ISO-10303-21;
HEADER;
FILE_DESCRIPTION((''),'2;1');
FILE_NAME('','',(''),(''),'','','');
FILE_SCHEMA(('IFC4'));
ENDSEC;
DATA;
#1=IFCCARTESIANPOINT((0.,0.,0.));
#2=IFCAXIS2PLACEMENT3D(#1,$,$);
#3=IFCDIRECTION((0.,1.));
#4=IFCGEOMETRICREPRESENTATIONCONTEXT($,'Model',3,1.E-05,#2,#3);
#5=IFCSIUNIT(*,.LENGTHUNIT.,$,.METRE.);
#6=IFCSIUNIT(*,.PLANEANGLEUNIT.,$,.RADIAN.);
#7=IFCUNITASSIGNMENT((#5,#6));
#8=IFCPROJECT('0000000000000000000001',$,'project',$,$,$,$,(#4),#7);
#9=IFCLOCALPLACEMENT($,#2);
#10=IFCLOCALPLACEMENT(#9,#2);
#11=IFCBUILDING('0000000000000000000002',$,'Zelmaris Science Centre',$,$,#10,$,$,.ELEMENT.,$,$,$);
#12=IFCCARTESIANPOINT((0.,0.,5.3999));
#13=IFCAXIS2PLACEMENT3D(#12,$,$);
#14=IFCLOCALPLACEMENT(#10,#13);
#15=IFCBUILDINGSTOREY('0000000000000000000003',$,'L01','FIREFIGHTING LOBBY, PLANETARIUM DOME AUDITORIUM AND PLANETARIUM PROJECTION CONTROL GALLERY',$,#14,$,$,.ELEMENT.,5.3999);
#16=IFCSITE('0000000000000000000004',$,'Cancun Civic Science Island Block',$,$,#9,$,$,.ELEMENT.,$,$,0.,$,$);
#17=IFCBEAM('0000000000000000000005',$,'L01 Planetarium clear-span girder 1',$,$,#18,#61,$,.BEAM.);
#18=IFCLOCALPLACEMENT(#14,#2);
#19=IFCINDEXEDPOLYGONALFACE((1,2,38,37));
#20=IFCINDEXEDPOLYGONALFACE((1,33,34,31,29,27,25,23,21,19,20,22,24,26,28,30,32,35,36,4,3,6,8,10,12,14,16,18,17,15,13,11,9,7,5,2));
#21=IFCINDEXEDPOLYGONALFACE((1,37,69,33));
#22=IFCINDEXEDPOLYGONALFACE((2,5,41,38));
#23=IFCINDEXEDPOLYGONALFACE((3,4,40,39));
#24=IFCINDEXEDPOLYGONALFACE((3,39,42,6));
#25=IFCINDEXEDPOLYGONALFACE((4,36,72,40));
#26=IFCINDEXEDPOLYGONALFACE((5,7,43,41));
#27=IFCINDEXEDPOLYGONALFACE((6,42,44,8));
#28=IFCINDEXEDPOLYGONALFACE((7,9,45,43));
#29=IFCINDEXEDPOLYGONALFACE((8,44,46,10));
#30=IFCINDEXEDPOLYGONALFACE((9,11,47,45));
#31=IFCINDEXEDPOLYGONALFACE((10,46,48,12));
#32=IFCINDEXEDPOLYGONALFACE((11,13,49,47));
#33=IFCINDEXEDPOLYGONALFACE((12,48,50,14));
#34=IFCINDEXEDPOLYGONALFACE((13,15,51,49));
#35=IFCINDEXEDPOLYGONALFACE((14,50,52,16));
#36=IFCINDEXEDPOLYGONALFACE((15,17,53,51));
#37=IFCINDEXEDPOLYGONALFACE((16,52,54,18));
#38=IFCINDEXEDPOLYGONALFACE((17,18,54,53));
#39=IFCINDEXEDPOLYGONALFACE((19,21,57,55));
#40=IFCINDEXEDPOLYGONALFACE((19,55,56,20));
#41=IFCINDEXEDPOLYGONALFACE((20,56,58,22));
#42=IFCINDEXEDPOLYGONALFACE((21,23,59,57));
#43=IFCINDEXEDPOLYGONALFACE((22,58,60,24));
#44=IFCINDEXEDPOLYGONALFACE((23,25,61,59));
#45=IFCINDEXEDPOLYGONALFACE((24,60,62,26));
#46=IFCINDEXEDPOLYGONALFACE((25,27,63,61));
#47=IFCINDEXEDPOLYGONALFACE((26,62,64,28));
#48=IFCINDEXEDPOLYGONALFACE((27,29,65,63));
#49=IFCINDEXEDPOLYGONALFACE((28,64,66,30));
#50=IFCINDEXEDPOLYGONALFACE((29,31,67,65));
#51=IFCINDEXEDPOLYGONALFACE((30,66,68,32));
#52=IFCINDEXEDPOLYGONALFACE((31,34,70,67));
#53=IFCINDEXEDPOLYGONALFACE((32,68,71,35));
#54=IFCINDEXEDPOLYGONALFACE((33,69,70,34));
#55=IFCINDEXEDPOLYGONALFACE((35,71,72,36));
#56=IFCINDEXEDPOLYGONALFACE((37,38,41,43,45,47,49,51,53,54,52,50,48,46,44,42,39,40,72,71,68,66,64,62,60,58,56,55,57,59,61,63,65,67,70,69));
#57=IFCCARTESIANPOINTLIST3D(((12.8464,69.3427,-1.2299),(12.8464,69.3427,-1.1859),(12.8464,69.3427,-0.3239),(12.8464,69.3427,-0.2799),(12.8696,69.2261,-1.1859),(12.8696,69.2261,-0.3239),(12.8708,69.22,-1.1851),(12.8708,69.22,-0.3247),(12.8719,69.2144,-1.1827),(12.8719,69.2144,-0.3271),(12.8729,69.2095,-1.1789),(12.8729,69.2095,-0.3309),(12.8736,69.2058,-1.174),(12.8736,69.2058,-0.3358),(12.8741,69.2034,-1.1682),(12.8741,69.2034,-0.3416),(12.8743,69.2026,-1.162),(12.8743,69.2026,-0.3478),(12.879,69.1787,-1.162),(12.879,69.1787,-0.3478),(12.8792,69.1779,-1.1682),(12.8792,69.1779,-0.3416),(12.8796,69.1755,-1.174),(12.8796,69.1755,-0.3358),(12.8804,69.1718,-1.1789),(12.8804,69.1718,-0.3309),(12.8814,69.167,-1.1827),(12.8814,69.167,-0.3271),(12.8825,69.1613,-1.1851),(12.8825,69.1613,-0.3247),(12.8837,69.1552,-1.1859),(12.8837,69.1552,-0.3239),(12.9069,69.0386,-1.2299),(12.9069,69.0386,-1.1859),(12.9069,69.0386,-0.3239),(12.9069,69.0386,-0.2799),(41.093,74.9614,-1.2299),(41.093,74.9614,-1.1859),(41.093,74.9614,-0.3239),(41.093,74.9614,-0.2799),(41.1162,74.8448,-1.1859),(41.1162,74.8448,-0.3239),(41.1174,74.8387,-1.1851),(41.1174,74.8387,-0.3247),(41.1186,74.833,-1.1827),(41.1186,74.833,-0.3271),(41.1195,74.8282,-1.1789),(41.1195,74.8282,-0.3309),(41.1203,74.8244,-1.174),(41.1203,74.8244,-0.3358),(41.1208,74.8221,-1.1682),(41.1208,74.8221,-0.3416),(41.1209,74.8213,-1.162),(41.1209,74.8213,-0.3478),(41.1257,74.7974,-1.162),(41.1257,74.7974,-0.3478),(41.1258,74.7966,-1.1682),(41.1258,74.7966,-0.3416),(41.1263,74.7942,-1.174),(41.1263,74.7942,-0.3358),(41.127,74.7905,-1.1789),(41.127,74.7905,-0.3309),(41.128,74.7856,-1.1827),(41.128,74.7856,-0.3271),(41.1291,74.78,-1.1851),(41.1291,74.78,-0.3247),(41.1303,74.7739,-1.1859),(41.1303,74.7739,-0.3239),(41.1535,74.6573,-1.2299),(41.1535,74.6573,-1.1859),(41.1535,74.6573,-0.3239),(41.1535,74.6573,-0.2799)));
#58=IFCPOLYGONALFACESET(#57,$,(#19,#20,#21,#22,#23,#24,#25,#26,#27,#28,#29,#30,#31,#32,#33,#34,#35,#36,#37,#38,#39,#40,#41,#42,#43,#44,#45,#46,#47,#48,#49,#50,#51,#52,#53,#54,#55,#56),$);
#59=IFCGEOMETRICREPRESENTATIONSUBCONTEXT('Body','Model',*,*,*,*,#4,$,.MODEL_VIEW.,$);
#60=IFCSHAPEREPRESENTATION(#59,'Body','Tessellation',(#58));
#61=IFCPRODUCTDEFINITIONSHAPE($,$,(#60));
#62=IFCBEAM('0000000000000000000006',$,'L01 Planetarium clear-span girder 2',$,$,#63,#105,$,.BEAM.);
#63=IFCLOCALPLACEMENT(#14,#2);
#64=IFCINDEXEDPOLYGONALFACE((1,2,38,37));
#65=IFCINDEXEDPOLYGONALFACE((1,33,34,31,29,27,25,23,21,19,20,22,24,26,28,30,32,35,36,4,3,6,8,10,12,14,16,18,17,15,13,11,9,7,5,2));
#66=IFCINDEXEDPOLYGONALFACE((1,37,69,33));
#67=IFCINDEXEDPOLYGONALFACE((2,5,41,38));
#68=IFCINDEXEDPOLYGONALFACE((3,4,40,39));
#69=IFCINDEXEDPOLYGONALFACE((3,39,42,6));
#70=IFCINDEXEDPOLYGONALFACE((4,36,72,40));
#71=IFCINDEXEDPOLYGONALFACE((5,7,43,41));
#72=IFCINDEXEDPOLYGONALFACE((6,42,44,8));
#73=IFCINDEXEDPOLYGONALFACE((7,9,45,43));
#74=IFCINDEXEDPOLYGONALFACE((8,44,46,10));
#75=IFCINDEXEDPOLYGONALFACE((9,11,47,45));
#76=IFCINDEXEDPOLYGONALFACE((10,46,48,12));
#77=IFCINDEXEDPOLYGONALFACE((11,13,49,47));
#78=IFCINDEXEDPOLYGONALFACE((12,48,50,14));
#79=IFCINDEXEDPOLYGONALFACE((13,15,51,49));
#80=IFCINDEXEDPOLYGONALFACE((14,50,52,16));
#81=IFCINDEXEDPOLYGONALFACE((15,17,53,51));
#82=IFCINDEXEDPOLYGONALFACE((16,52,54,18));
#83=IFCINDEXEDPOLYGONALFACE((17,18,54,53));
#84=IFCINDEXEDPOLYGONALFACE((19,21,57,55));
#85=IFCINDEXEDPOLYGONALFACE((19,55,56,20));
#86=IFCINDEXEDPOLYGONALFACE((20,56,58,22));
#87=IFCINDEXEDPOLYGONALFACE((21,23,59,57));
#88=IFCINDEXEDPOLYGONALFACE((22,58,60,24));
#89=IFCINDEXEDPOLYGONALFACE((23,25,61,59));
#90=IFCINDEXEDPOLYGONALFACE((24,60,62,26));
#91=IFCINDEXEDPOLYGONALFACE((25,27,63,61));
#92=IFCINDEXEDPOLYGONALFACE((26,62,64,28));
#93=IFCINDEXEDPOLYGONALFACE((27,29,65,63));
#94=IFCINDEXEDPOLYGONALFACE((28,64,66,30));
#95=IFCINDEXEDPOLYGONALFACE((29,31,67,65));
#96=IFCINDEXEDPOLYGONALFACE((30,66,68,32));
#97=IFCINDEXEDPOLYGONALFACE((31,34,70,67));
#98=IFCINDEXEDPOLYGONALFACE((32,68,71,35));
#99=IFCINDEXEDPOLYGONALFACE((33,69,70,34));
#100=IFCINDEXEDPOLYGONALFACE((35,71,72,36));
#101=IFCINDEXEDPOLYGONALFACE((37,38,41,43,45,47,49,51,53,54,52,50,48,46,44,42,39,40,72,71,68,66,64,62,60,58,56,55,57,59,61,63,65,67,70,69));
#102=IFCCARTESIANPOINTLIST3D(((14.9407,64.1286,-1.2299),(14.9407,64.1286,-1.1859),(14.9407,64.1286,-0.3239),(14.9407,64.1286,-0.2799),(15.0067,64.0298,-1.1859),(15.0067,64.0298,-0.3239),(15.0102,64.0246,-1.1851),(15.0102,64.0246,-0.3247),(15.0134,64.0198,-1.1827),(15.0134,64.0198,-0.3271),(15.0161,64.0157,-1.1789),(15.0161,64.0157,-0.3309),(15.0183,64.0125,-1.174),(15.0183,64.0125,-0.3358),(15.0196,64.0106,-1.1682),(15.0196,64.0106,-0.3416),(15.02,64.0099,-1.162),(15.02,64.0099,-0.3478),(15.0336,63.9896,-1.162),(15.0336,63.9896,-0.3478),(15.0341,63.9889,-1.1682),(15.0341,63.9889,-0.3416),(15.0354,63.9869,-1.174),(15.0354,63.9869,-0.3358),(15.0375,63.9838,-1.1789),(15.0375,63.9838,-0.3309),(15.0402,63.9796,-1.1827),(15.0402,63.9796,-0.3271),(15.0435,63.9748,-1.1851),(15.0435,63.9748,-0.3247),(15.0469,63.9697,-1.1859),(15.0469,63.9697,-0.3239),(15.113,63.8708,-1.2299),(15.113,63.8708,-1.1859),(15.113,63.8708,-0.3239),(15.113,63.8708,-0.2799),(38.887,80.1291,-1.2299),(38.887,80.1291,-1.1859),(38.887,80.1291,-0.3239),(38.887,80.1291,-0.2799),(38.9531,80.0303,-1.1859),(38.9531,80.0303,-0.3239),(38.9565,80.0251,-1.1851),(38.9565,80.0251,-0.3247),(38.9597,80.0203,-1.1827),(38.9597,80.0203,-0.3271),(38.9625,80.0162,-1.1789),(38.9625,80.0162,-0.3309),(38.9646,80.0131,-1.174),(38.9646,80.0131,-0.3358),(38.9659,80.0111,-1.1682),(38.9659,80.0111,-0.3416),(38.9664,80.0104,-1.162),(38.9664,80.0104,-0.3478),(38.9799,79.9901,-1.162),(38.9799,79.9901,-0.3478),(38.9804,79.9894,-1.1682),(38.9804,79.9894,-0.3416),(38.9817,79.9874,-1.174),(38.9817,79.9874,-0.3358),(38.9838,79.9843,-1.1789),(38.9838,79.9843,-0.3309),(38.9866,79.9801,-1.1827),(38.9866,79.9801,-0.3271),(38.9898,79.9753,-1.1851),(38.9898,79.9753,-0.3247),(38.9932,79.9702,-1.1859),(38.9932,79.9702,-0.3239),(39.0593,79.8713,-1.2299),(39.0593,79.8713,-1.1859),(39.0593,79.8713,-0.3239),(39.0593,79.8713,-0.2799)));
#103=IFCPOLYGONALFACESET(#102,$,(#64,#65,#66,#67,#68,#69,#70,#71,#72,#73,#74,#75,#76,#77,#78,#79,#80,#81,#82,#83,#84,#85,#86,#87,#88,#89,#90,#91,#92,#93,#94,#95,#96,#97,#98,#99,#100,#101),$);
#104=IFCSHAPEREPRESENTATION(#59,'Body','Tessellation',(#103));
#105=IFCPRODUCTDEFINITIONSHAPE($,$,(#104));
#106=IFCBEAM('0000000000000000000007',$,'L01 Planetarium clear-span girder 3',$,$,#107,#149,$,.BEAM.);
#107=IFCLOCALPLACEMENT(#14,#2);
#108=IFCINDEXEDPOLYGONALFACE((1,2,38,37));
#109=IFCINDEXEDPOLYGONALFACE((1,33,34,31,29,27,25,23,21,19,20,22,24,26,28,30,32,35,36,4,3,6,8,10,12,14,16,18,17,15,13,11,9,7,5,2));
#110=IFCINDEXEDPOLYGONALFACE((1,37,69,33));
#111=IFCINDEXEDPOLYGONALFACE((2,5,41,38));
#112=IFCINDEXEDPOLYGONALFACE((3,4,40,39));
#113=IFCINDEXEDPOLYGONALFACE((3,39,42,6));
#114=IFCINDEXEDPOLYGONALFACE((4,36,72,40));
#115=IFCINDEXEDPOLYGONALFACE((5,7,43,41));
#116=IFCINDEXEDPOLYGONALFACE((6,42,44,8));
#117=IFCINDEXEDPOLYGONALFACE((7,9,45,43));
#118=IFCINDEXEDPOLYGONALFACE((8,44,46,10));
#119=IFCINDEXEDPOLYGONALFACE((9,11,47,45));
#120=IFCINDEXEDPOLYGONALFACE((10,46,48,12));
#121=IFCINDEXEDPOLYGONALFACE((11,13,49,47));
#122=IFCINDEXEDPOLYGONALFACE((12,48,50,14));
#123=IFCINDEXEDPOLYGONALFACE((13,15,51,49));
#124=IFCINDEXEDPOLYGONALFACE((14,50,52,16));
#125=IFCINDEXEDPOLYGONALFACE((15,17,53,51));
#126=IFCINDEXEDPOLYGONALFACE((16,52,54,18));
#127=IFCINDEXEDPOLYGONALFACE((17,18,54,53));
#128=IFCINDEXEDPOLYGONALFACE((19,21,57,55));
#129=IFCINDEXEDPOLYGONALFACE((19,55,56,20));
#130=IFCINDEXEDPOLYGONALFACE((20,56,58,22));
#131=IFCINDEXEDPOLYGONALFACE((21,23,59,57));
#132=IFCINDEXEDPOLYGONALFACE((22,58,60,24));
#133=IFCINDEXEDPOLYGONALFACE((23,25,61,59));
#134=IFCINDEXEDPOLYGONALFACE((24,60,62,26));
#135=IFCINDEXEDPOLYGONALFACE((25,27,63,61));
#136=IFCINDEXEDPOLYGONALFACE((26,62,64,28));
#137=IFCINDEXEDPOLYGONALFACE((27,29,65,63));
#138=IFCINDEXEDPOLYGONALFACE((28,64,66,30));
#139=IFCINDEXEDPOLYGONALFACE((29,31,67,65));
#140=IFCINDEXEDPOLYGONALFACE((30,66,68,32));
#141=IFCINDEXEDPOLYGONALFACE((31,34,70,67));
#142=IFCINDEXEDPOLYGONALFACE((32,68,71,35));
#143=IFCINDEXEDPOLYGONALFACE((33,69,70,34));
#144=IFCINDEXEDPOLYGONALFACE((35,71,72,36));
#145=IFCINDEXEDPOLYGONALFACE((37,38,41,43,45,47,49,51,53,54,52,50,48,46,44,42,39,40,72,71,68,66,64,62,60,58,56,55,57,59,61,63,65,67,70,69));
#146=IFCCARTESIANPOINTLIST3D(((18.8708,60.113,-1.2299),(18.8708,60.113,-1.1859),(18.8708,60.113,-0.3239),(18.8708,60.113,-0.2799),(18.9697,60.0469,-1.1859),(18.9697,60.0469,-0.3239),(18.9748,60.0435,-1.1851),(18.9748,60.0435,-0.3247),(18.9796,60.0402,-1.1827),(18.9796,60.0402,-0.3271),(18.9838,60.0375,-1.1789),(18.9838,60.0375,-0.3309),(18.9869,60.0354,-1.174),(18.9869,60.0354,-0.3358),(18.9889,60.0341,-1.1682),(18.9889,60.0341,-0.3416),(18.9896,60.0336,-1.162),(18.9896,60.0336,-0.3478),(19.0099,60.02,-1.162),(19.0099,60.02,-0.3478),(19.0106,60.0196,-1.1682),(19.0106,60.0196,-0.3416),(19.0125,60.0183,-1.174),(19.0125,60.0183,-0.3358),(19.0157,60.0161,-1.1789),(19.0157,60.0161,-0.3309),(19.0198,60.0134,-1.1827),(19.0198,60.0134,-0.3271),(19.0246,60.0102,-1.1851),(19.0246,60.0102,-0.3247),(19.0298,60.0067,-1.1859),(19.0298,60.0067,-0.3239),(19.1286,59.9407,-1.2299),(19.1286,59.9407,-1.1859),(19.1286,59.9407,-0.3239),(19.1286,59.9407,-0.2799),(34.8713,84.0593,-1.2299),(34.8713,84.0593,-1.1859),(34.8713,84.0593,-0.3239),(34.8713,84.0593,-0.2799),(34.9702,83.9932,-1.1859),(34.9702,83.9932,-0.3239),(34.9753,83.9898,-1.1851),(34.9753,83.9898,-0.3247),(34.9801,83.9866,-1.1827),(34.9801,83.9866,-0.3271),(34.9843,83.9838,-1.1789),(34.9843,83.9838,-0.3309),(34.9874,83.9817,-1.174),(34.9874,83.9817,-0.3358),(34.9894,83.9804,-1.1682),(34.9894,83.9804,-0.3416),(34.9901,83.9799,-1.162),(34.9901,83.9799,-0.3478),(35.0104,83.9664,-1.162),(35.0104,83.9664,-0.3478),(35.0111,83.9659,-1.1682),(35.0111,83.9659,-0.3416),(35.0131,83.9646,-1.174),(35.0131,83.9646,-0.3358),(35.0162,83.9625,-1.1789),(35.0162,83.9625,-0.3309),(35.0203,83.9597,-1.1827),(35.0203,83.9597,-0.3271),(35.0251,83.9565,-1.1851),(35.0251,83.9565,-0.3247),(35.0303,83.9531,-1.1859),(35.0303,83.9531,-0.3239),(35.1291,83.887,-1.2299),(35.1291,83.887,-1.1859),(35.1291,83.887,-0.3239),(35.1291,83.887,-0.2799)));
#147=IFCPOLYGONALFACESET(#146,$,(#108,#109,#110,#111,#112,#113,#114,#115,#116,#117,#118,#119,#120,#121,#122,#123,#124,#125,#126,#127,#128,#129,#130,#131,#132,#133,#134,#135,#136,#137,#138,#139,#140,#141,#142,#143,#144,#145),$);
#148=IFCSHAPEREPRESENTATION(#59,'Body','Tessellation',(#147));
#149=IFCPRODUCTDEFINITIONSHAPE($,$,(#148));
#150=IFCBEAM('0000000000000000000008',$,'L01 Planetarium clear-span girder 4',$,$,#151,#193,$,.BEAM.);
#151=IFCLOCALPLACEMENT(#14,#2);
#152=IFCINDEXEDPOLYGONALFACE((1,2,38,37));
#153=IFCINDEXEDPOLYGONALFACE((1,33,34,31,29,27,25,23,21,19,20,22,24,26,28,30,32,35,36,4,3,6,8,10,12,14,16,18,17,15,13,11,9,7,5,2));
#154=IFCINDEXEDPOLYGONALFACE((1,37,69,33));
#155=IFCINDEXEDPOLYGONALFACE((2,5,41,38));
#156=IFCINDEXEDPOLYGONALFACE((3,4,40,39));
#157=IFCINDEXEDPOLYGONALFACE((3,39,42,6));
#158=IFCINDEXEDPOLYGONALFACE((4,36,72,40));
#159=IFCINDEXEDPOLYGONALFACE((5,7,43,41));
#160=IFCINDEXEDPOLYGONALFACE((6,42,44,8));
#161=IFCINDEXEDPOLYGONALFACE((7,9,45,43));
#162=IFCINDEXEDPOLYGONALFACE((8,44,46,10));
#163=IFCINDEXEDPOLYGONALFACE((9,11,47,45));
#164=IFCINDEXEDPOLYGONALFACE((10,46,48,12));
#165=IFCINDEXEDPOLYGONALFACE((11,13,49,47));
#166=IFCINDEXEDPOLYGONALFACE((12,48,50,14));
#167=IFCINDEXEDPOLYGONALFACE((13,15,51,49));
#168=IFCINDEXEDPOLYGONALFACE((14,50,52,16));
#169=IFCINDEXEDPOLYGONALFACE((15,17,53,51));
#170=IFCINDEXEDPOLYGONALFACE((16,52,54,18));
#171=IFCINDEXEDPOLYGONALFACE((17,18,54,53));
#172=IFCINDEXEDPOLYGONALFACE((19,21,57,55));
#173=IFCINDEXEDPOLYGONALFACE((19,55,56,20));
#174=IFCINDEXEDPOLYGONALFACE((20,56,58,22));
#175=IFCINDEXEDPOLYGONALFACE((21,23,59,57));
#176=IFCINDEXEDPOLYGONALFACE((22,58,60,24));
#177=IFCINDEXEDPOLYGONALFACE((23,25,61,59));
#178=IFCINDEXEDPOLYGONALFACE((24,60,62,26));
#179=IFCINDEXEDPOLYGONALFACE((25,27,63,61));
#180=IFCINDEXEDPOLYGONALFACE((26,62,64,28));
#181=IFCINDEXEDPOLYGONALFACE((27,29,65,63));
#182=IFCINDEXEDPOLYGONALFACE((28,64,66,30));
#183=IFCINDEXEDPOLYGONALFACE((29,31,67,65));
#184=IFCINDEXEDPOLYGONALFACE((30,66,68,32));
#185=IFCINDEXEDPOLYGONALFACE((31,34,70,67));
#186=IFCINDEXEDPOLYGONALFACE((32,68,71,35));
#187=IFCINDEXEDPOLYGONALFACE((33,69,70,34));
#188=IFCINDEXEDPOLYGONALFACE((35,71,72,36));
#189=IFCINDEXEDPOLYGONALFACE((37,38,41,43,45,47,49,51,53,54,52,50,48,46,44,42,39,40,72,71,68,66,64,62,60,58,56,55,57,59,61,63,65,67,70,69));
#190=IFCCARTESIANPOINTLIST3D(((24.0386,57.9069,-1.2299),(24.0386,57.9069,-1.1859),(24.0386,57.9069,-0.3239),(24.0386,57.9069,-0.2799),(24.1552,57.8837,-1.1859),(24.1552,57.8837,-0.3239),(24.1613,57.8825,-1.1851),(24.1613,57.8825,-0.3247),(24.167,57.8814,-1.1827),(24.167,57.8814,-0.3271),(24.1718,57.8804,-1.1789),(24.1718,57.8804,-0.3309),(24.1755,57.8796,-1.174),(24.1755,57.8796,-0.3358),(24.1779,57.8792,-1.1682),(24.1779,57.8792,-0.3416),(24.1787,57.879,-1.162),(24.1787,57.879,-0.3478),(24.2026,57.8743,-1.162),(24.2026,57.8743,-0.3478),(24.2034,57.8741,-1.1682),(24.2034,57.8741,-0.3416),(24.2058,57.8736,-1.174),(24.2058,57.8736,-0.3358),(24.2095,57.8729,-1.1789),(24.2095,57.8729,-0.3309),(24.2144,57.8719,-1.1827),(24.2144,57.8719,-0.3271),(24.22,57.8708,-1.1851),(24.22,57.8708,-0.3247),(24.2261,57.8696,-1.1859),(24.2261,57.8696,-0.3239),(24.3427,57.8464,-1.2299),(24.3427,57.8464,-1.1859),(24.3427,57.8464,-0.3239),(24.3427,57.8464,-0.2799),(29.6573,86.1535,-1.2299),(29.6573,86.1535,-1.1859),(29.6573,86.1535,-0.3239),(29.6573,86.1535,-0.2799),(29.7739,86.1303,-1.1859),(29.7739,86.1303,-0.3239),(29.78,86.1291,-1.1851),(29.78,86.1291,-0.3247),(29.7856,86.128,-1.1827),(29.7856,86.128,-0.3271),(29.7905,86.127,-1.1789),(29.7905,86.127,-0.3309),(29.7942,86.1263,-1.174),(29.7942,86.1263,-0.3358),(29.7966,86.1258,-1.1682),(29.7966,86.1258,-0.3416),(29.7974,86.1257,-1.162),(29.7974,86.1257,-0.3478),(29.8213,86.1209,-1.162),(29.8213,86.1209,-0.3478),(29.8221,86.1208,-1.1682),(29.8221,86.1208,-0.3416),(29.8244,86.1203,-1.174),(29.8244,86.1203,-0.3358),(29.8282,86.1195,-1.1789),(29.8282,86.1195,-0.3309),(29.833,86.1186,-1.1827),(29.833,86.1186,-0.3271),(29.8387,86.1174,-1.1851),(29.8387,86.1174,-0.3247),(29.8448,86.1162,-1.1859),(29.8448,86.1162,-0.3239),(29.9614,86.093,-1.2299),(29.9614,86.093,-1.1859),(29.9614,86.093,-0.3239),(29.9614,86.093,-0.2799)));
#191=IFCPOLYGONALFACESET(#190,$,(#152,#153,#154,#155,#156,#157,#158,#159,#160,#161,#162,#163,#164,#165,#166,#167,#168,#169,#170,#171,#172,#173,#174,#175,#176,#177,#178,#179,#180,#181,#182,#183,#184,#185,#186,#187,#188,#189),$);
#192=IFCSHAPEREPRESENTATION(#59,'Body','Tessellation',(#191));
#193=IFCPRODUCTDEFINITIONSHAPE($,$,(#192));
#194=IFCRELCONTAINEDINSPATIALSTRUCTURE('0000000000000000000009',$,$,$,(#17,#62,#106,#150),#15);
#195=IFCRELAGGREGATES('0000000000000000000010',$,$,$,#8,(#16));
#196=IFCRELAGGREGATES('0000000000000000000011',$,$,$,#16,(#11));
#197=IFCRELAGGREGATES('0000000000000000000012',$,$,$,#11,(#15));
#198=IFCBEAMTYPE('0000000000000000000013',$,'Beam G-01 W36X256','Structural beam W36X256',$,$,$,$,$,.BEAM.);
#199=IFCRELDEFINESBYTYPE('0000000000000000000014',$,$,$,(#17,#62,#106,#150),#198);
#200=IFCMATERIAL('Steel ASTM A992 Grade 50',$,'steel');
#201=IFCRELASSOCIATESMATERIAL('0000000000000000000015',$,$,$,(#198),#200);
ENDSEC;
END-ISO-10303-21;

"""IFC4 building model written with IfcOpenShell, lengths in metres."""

from ifc_helpers import new_model, si_unit, direction, frame, origin, origin_2d, place, context, subcontext, project, spatial, i_section, extrude, material, material_profile, profile_set, type_object, element, save


model = new_model("IFC4")

# Units and contexts
model_context = context("Model", 3, precision=1e-05, world=origin(), true_north=direction((0.0, 1.0)))
body_context = subcontext(model_context, "Body", "Model", "MODEL_VIEW")
ifc_project = project(units=[si_unit("LENGTHUNIT", "METRE"), si_unit("PLANEANGLEUNIT", "RADIAN")], contexts=[model_context])

# Site, building, storey
site_placement = place(None, origin())
site = spatial("IfcSite", under=ifc_project, at=site_placement, Name="Cancun Civic Science Island Block", CompositionType="ELEMENT", RefElevation=0.0)
building_placement = place(site_placement, origin())
building = spatial("IfcBuilding", under=site, at=building_placement, Name="Zelmaris Science Centre", CompositionType="ELEMENT")
storey_placement = place(building_placement, frame((0.0, 0.0, 5.3999)))
storey = spatial("IfcBuildingStorey", under=building, at=storey_placement, Name="L01", Description="FIREFIGHTING LOBBY, PLANETARIUM DOME AUDITORIUM AND PLANETARIUM PROJECTION CONTROL GALLERY", CompositionType="ELEMENT", Elevation=5.3999)

# Beams
ifc_material_1 = material(Name="Steel ASTM A992 Grade 50", Category="steel")
ifc_material_profile_1 = material_profile(ifc_material_1, i_section(OverallWidth=0.3101, OverallDepth=0.95, WebThickness=0.0244, FlangeThickness=0.0439, FilletRadius=0.0239, at=origin_2d()), Name="W36X256")
ifc_profile_set_1 = profile_set([ifc_material_profile_1], Name="Steel ASTM A992 Grade 50")
beam_type_1 = type_object("IfcBeamType", Name="Beam G-01 W36X256", Description="Structural beam W36X256", PredefinedType="BEAM", material=ifc_profile_set_1)
for number, where, z_axis, x_axis, name in (
    (1, (41.1233, 74.8093, -0.7549), (-0.980785, -0.195092, 0.0), (0.195092, -0.980785, 0.0), "L01 Planetarium clear-span girder 1"),
    (2, (38.9731, 80.0002, -0.7549), (-0.831468, -0.555572, 0.0), (0.555572, -0.831468, 0.0), "L01 Planetarium clear-span girder 2"),
    (3, (35.0002, 83.9731, -0.7549), (-0.555572, -0.831468, 0.0), (0.831468, -0.555572, 0.0), "L01 Planetarium clear-span girder 3"),
    (4, (29.8093, 86.1233, -0.7549), (-0.195092, -0.980785, 0.0), (0.980785, -0.195092, 0.0), "L01 Planetarium clear-span girder 4"),
):
    element("IfcBeam", number, at=place(storey_placement, frame(where, z_axis=z_axis, x_axis=x_axis)), inside=storey, type_object=beam_type_1, Name=name, PredefinedType="BEAM", context=body_context, shape_type="SweptSolid", body=[
        extrude(i_section(OverallWidth=0.3101, OverallDepth=0.95, WebThickness=0.0244, FlangeThickness=0.0439, FilletRadius=0.0239, at=origin_2d()), origin(), (0.0, 0.0, 1.0), 28.8),
    ])

save(model, "model.ifc")
